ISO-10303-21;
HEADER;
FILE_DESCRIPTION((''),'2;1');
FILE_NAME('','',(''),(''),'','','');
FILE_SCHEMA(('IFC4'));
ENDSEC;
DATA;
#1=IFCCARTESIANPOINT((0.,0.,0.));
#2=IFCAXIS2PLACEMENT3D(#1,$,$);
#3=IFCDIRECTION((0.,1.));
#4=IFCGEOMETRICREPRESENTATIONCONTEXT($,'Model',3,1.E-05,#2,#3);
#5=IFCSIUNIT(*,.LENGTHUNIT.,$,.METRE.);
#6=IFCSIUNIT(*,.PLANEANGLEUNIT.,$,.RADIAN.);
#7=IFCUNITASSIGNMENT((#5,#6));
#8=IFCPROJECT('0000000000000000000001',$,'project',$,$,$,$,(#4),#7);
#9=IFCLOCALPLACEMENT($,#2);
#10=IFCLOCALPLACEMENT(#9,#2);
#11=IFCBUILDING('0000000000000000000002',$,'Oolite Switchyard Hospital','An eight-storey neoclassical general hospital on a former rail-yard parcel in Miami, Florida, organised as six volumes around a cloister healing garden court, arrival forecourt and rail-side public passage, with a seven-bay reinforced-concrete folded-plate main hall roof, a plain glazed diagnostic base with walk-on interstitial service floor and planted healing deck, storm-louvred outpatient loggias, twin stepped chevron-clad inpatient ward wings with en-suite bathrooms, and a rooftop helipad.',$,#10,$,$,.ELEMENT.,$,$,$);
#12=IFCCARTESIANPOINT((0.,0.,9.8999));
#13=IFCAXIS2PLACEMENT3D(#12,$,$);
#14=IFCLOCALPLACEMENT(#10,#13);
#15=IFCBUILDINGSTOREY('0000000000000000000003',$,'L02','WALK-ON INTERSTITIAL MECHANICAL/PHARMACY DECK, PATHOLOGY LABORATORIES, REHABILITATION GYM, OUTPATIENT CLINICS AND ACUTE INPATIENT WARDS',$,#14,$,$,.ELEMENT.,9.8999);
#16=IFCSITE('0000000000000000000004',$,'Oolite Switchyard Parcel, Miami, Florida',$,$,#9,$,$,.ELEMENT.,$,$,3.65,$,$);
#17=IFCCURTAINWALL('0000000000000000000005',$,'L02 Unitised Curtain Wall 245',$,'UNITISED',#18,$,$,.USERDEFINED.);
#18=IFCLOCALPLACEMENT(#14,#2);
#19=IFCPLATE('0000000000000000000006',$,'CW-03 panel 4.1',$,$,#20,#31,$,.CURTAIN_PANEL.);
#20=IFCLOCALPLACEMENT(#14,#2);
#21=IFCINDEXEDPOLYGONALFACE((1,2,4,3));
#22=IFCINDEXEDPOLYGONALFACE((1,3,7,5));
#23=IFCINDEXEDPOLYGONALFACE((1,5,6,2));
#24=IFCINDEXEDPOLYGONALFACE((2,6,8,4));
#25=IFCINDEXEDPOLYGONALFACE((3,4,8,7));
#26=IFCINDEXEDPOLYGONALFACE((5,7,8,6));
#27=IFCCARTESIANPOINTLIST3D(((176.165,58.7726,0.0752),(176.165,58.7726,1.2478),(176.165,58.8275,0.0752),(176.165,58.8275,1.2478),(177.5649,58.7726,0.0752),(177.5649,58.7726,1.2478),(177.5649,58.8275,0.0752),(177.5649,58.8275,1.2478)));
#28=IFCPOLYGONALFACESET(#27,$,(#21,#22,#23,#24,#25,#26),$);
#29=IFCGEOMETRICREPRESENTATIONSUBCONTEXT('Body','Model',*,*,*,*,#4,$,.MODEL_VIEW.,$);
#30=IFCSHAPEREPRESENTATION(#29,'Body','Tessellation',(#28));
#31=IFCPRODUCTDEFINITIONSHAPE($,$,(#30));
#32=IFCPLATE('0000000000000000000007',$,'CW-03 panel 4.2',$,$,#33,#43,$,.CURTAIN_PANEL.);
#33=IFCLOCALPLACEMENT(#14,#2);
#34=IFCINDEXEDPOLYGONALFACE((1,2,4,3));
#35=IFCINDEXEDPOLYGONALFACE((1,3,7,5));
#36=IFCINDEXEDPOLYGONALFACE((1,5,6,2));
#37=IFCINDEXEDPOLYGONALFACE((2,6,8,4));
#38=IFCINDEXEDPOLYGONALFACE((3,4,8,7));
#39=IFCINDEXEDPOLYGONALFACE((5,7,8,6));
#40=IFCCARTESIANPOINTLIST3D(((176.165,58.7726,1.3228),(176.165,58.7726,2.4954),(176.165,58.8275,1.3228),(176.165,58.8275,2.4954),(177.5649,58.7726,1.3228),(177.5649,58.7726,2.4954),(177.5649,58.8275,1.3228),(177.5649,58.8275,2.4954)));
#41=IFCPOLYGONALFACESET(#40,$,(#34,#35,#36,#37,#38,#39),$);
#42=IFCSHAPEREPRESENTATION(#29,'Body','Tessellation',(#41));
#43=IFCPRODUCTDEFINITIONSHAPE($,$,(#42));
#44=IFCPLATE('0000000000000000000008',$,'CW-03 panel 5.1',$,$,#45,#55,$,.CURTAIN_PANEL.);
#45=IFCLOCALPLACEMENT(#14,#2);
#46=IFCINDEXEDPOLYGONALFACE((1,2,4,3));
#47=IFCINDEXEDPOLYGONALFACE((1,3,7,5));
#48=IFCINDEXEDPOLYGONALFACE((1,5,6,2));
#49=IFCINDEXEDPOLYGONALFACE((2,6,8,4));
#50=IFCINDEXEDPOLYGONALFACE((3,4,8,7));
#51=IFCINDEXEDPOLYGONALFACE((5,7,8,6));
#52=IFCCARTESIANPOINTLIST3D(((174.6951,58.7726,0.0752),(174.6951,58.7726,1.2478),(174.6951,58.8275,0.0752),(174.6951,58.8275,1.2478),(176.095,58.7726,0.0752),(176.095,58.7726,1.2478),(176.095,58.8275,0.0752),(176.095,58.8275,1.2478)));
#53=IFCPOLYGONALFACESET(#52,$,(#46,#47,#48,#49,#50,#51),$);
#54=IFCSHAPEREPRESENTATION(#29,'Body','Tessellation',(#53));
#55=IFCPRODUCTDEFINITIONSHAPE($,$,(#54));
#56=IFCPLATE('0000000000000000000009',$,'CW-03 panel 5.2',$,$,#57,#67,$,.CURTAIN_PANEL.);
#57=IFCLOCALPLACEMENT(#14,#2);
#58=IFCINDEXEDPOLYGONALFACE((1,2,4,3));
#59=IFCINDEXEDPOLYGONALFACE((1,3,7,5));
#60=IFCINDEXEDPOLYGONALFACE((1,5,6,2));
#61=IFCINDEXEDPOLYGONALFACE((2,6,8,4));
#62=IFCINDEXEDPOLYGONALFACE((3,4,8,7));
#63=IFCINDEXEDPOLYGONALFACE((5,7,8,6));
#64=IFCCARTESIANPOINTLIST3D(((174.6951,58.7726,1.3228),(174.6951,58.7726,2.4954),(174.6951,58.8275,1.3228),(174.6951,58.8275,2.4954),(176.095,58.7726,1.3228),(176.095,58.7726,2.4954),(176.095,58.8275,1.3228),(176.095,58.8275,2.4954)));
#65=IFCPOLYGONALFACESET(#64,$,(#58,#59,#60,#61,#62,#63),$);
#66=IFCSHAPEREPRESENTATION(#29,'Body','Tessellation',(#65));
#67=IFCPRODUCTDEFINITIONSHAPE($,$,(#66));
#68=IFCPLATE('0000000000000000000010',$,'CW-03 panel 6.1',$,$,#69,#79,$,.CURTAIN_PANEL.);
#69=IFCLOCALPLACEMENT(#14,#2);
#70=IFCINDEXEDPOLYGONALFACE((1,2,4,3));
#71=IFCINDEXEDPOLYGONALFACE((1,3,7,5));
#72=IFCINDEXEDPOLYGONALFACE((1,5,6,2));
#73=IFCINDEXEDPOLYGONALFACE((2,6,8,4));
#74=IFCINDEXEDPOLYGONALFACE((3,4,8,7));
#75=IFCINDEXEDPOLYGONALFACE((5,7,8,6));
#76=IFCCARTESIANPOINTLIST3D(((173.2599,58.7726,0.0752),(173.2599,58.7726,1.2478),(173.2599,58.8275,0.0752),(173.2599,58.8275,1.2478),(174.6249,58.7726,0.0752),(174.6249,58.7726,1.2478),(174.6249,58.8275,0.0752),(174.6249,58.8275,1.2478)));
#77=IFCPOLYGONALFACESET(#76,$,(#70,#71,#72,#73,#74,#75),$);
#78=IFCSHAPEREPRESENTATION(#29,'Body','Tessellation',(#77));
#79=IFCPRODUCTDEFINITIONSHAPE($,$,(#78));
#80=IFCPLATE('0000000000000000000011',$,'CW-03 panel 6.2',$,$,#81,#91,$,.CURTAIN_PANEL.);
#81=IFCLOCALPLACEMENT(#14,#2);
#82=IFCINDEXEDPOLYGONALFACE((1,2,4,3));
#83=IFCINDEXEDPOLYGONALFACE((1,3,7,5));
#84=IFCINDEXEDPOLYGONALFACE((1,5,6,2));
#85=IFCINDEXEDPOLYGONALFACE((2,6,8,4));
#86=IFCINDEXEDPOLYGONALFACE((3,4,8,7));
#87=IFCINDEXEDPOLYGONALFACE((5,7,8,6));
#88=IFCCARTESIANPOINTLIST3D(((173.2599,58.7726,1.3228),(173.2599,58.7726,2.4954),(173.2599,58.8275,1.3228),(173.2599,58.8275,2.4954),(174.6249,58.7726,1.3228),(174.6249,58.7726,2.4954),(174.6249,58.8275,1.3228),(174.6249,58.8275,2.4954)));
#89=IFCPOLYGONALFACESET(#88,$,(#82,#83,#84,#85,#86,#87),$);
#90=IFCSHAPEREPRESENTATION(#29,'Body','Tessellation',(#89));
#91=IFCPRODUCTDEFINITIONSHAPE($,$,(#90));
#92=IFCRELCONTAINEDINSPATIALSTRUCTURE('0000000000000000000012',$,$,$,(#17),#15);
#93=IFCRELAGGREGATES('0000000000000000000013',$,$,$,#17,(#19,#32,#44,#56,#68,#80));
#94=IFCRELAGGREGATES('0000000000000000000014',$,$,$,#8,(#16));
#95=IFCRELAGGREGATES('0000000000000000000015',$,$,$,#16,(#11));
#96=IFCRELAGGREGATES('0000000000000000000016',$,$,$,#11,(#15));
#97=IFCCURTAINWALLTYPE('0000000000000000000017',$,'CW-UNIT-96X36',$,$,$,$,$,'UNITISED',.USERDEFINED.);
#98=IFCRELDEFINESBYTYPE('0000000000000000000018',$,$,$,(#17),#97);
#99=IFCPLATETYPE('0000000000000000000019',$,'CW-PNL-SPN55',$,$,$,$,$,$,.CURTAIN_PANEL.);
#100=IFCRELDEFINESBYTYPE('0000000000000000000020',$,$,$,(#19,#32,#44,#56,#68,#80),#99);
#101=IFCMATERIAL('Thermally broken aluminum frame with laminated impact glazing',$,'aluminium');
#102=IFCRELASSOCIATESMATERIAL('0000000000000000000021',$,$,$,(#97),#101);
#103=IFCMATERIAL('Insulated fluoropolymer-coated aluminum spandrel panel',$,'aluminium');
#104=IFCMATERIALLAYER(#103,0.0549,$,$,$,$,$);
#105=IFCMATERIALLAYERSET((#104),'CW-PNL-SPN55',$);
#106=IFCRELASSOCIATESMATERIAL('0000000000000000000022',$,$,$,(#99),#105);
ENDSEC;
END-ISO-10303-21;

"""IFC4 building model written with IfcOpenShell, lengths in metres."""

from ifc_helpers import new_model, si_unit, direction, frame, origin, origin_2d, place, context, subcontext, project, spatial, rectangle, extrude, material, layer, layer_set, type_object, element, aggregate, save


model = new_model("IFC4")

# Units and contexts
model_context = context("Model", 3, precision=1e-05, world=origin(), true_north=direction((0.0, 1.0)))
body_context = subcontext(model_context, "Body", "Model", "MODEL_VIEW")
ifc_project = project(units=[si_unit("LENGTHUNIT", "METRE"), si_unit("PLANEANGLEUNIT", "RADIAN")], contexts=[model_context])

# Site, building, storey
site_placement = place(None, origin())
site = spatial("IfcSite", under=ifc_project, at=site_placement, Name="Oolite Switchyard Parcel, Miami, Florida", CompositionType="ELEMENT", RefElevation=3.65)
building_placement = place(site_placement, origin())
building = spatial("IfcBuilding", under=site, at=building_placement, Name="Oolite Switchyard Hospital", Description="An eight-storey neoclassical general hospital on a former rail-yard parcel in Miami, Florida, organised as six volumes around a cloister healing garden court, arrival forecourt and rail-side public passage, with a seven-bay reinforced-concrete folded-plate main hall roof, a plain glazed diagnostic base with walk-on interstitial service floor and planted healing deck, storm-louvred outpatient loggias, twin stepped chevron-clad inpatient ward wings with en-suite bathrooms, and a rooftop helipad.", CompositionType="ELEMENT")
storey_placement = place(building_placement, frame((0.0, 0.0, 9.8999)))
storey = spatial("IfcBuildingStorey", under=building, at=storey_placement, Name="L02", Description="WALK-ON INTERSTITIAL MECHANICAL/PHARMACY DECK, PATHOLOGY LABORATORIES, REHABILITATION GYM, OUTPATIENT CLINICS AND ACUTE INPATIENT WARDS", CompositionType="ELEMENT", Elevation=9.8999)

# Curtain wall
ifc_material_1 = material(Name="Thermally broken aluminum frame with laminated impact glazing", Category="aluminium")
curtain_wall_type_1 = type_object("IfcCurtainWallType", Name="CW-UNIT-96X36", ElementType="UNITISED", PredefinedType="USERDEFINED", material=ifc_material_1)
curtain_wall_1_placement = place(storey_placement, origin())
curtain_wall_1 = element("IfcCurtainWall", 1, at=curtain_wall_1_placement, inside=storey, type_object=curtain_wall_type_1, Name="L02 Unitised Curtain Wall 245", ObjectType="UNITISED", PredefinedType="USERDEFINED")

# Plates
ifc_material_2 = material(Name="Insulated fluoropolymer-coated aluminum spandrel panel", Category="aluminium")
ifc_layer = layer(ifc_material_2, 0.0549)
ifc_layer_set = layer_set([ifc_layer], Name="CW-PNL-SPN55")
plate_type = type_object("IfcPlateType", Name="CW-PNL-SPN55", PredefinedType="CURTAIN_PANEL", material=ifc_layer_set)
plate_1_placement = place(storey_placement, frame((176.865, 58.8, 0.0752), z_axis=(0.0, 0.0, 1.0), x_axis=(-1.0, 0.0, 0.0)))
plate_1 = element("IfcPlate", 2, at=plate_1_placement, type_object=plate_type, Name="CW-03 panel 4.1", PredefinedType="CURTAIN_PANEL", context=body_context, shape_type="SweptSolid", body=[
    extrude(rectangle(XDim=1.3999, YDim=0.0549, at=origin_2d()), origin(), (0.0, 0.0, 1.0), 1.1726),
])
plate_2_placement = place(storey_placement, frame((176.865, 58.8, 1.3228), z_axis=(0.0, 0.0, 1.0), x_axis=(-1.0, 0.0, 0.0)))
plate_2 = element("IfcPlate", 3, at=plate_2_placement, type_object=plate_type, Name="CW-03 panel 4.2", PredefinedType="CURTAIN_PANEL", context=body_context, shape_type="SweptSolid", body=[
    extrude(rectangle(XDim=1.3999, YDim=0.0549, at=origin_2d()), origin(), (0.0, 0.0, 1.0), 1.1726),
])
plate_3_placement = place(storey_placement, frame((175.395, 58.8, 0.0752), z_axis=(0.0, 0.0, 1.0), x_axis=(-1.0, 0.0, 0.0)))
plate_3 = element("IfcPlate", 4, at=plate_3_placement, type_object=plate_type, Name="CW-03 panel 5.1", PredefinedType="CURTAIN_PANEL", context=body_context, shape_type="SweptSolid", body=[
    extrude(rectangle(XDim=1.3999, YDim=0.0549, at=origin_2d()), origin(), (0.0, 0.0, 1.0), 1.1726),
])
plate_4_placement = place(storey_placement, frame((175.395, 58.8, 1.3228), z_axis=(0.0, 0.0, 1.0), x_axis=(-1.0, 0.0, 0.0)))
plate_4 = element("IfcPlate", 5, at=plate_4_placement, type_object=plate_type, Name="CW-03 panel 5.2", PredefinedType="CURTAIN_PANEL", context=body_context, shape_type="SweptSolid", body=[
    extrude(rectangle(XDim=1.3999, YDim=0.0549, at=origin_2d()), origin(), (0.0, 0.0, 1.0), 1.1726),
])
plate_5_placement = place(storey_placement, frame((173.9424, 58.8, 0.0752), z_axis=(0.0, 0.0, 1.0), x_axis=(-1.0, 0.0, 0.0)))
plate_5 = element("IfcPlate", 6, at=plate_5_placement, type_object=plate_type, Name="CW-03 panel 6.1", PredefinedType="CURTAIN_PANEL", context=body_context, shape_type="SweptSolid", body=[
    extrude(rectangle(XDim=1.365, YDim=0.0549, at=origin_2d()), origin(), (0.0, 0.0, 1.0), 1.1726),
])
plate_6_placement = place(storey_placement, frame((173.9424, 58.8, 1.3228), z_axis=(0.0, 0.0, 1.0), x_axis=(-1.0, 0.0, 0.0)))
plate_6 = element("IfcPlate", 7, at=plate_6_placement, type_object=plate_type, Name="CW-03 panel 6.2", PredefinedType="CURTAIN_PANEL", context=body_context, shape_type="SweptSolid", body=[
    extrude(rectangle(XDim=1.365, YDim=0.0549, at=origin_2d()), origin(), (0.0, 0.0, 1.0), 1.1726),
])
aggregate(curtain_wall_1, [plate_1, plate_2, plate_3, plate_4, plate_5, plate_6])

save(model, "model.ifc")
